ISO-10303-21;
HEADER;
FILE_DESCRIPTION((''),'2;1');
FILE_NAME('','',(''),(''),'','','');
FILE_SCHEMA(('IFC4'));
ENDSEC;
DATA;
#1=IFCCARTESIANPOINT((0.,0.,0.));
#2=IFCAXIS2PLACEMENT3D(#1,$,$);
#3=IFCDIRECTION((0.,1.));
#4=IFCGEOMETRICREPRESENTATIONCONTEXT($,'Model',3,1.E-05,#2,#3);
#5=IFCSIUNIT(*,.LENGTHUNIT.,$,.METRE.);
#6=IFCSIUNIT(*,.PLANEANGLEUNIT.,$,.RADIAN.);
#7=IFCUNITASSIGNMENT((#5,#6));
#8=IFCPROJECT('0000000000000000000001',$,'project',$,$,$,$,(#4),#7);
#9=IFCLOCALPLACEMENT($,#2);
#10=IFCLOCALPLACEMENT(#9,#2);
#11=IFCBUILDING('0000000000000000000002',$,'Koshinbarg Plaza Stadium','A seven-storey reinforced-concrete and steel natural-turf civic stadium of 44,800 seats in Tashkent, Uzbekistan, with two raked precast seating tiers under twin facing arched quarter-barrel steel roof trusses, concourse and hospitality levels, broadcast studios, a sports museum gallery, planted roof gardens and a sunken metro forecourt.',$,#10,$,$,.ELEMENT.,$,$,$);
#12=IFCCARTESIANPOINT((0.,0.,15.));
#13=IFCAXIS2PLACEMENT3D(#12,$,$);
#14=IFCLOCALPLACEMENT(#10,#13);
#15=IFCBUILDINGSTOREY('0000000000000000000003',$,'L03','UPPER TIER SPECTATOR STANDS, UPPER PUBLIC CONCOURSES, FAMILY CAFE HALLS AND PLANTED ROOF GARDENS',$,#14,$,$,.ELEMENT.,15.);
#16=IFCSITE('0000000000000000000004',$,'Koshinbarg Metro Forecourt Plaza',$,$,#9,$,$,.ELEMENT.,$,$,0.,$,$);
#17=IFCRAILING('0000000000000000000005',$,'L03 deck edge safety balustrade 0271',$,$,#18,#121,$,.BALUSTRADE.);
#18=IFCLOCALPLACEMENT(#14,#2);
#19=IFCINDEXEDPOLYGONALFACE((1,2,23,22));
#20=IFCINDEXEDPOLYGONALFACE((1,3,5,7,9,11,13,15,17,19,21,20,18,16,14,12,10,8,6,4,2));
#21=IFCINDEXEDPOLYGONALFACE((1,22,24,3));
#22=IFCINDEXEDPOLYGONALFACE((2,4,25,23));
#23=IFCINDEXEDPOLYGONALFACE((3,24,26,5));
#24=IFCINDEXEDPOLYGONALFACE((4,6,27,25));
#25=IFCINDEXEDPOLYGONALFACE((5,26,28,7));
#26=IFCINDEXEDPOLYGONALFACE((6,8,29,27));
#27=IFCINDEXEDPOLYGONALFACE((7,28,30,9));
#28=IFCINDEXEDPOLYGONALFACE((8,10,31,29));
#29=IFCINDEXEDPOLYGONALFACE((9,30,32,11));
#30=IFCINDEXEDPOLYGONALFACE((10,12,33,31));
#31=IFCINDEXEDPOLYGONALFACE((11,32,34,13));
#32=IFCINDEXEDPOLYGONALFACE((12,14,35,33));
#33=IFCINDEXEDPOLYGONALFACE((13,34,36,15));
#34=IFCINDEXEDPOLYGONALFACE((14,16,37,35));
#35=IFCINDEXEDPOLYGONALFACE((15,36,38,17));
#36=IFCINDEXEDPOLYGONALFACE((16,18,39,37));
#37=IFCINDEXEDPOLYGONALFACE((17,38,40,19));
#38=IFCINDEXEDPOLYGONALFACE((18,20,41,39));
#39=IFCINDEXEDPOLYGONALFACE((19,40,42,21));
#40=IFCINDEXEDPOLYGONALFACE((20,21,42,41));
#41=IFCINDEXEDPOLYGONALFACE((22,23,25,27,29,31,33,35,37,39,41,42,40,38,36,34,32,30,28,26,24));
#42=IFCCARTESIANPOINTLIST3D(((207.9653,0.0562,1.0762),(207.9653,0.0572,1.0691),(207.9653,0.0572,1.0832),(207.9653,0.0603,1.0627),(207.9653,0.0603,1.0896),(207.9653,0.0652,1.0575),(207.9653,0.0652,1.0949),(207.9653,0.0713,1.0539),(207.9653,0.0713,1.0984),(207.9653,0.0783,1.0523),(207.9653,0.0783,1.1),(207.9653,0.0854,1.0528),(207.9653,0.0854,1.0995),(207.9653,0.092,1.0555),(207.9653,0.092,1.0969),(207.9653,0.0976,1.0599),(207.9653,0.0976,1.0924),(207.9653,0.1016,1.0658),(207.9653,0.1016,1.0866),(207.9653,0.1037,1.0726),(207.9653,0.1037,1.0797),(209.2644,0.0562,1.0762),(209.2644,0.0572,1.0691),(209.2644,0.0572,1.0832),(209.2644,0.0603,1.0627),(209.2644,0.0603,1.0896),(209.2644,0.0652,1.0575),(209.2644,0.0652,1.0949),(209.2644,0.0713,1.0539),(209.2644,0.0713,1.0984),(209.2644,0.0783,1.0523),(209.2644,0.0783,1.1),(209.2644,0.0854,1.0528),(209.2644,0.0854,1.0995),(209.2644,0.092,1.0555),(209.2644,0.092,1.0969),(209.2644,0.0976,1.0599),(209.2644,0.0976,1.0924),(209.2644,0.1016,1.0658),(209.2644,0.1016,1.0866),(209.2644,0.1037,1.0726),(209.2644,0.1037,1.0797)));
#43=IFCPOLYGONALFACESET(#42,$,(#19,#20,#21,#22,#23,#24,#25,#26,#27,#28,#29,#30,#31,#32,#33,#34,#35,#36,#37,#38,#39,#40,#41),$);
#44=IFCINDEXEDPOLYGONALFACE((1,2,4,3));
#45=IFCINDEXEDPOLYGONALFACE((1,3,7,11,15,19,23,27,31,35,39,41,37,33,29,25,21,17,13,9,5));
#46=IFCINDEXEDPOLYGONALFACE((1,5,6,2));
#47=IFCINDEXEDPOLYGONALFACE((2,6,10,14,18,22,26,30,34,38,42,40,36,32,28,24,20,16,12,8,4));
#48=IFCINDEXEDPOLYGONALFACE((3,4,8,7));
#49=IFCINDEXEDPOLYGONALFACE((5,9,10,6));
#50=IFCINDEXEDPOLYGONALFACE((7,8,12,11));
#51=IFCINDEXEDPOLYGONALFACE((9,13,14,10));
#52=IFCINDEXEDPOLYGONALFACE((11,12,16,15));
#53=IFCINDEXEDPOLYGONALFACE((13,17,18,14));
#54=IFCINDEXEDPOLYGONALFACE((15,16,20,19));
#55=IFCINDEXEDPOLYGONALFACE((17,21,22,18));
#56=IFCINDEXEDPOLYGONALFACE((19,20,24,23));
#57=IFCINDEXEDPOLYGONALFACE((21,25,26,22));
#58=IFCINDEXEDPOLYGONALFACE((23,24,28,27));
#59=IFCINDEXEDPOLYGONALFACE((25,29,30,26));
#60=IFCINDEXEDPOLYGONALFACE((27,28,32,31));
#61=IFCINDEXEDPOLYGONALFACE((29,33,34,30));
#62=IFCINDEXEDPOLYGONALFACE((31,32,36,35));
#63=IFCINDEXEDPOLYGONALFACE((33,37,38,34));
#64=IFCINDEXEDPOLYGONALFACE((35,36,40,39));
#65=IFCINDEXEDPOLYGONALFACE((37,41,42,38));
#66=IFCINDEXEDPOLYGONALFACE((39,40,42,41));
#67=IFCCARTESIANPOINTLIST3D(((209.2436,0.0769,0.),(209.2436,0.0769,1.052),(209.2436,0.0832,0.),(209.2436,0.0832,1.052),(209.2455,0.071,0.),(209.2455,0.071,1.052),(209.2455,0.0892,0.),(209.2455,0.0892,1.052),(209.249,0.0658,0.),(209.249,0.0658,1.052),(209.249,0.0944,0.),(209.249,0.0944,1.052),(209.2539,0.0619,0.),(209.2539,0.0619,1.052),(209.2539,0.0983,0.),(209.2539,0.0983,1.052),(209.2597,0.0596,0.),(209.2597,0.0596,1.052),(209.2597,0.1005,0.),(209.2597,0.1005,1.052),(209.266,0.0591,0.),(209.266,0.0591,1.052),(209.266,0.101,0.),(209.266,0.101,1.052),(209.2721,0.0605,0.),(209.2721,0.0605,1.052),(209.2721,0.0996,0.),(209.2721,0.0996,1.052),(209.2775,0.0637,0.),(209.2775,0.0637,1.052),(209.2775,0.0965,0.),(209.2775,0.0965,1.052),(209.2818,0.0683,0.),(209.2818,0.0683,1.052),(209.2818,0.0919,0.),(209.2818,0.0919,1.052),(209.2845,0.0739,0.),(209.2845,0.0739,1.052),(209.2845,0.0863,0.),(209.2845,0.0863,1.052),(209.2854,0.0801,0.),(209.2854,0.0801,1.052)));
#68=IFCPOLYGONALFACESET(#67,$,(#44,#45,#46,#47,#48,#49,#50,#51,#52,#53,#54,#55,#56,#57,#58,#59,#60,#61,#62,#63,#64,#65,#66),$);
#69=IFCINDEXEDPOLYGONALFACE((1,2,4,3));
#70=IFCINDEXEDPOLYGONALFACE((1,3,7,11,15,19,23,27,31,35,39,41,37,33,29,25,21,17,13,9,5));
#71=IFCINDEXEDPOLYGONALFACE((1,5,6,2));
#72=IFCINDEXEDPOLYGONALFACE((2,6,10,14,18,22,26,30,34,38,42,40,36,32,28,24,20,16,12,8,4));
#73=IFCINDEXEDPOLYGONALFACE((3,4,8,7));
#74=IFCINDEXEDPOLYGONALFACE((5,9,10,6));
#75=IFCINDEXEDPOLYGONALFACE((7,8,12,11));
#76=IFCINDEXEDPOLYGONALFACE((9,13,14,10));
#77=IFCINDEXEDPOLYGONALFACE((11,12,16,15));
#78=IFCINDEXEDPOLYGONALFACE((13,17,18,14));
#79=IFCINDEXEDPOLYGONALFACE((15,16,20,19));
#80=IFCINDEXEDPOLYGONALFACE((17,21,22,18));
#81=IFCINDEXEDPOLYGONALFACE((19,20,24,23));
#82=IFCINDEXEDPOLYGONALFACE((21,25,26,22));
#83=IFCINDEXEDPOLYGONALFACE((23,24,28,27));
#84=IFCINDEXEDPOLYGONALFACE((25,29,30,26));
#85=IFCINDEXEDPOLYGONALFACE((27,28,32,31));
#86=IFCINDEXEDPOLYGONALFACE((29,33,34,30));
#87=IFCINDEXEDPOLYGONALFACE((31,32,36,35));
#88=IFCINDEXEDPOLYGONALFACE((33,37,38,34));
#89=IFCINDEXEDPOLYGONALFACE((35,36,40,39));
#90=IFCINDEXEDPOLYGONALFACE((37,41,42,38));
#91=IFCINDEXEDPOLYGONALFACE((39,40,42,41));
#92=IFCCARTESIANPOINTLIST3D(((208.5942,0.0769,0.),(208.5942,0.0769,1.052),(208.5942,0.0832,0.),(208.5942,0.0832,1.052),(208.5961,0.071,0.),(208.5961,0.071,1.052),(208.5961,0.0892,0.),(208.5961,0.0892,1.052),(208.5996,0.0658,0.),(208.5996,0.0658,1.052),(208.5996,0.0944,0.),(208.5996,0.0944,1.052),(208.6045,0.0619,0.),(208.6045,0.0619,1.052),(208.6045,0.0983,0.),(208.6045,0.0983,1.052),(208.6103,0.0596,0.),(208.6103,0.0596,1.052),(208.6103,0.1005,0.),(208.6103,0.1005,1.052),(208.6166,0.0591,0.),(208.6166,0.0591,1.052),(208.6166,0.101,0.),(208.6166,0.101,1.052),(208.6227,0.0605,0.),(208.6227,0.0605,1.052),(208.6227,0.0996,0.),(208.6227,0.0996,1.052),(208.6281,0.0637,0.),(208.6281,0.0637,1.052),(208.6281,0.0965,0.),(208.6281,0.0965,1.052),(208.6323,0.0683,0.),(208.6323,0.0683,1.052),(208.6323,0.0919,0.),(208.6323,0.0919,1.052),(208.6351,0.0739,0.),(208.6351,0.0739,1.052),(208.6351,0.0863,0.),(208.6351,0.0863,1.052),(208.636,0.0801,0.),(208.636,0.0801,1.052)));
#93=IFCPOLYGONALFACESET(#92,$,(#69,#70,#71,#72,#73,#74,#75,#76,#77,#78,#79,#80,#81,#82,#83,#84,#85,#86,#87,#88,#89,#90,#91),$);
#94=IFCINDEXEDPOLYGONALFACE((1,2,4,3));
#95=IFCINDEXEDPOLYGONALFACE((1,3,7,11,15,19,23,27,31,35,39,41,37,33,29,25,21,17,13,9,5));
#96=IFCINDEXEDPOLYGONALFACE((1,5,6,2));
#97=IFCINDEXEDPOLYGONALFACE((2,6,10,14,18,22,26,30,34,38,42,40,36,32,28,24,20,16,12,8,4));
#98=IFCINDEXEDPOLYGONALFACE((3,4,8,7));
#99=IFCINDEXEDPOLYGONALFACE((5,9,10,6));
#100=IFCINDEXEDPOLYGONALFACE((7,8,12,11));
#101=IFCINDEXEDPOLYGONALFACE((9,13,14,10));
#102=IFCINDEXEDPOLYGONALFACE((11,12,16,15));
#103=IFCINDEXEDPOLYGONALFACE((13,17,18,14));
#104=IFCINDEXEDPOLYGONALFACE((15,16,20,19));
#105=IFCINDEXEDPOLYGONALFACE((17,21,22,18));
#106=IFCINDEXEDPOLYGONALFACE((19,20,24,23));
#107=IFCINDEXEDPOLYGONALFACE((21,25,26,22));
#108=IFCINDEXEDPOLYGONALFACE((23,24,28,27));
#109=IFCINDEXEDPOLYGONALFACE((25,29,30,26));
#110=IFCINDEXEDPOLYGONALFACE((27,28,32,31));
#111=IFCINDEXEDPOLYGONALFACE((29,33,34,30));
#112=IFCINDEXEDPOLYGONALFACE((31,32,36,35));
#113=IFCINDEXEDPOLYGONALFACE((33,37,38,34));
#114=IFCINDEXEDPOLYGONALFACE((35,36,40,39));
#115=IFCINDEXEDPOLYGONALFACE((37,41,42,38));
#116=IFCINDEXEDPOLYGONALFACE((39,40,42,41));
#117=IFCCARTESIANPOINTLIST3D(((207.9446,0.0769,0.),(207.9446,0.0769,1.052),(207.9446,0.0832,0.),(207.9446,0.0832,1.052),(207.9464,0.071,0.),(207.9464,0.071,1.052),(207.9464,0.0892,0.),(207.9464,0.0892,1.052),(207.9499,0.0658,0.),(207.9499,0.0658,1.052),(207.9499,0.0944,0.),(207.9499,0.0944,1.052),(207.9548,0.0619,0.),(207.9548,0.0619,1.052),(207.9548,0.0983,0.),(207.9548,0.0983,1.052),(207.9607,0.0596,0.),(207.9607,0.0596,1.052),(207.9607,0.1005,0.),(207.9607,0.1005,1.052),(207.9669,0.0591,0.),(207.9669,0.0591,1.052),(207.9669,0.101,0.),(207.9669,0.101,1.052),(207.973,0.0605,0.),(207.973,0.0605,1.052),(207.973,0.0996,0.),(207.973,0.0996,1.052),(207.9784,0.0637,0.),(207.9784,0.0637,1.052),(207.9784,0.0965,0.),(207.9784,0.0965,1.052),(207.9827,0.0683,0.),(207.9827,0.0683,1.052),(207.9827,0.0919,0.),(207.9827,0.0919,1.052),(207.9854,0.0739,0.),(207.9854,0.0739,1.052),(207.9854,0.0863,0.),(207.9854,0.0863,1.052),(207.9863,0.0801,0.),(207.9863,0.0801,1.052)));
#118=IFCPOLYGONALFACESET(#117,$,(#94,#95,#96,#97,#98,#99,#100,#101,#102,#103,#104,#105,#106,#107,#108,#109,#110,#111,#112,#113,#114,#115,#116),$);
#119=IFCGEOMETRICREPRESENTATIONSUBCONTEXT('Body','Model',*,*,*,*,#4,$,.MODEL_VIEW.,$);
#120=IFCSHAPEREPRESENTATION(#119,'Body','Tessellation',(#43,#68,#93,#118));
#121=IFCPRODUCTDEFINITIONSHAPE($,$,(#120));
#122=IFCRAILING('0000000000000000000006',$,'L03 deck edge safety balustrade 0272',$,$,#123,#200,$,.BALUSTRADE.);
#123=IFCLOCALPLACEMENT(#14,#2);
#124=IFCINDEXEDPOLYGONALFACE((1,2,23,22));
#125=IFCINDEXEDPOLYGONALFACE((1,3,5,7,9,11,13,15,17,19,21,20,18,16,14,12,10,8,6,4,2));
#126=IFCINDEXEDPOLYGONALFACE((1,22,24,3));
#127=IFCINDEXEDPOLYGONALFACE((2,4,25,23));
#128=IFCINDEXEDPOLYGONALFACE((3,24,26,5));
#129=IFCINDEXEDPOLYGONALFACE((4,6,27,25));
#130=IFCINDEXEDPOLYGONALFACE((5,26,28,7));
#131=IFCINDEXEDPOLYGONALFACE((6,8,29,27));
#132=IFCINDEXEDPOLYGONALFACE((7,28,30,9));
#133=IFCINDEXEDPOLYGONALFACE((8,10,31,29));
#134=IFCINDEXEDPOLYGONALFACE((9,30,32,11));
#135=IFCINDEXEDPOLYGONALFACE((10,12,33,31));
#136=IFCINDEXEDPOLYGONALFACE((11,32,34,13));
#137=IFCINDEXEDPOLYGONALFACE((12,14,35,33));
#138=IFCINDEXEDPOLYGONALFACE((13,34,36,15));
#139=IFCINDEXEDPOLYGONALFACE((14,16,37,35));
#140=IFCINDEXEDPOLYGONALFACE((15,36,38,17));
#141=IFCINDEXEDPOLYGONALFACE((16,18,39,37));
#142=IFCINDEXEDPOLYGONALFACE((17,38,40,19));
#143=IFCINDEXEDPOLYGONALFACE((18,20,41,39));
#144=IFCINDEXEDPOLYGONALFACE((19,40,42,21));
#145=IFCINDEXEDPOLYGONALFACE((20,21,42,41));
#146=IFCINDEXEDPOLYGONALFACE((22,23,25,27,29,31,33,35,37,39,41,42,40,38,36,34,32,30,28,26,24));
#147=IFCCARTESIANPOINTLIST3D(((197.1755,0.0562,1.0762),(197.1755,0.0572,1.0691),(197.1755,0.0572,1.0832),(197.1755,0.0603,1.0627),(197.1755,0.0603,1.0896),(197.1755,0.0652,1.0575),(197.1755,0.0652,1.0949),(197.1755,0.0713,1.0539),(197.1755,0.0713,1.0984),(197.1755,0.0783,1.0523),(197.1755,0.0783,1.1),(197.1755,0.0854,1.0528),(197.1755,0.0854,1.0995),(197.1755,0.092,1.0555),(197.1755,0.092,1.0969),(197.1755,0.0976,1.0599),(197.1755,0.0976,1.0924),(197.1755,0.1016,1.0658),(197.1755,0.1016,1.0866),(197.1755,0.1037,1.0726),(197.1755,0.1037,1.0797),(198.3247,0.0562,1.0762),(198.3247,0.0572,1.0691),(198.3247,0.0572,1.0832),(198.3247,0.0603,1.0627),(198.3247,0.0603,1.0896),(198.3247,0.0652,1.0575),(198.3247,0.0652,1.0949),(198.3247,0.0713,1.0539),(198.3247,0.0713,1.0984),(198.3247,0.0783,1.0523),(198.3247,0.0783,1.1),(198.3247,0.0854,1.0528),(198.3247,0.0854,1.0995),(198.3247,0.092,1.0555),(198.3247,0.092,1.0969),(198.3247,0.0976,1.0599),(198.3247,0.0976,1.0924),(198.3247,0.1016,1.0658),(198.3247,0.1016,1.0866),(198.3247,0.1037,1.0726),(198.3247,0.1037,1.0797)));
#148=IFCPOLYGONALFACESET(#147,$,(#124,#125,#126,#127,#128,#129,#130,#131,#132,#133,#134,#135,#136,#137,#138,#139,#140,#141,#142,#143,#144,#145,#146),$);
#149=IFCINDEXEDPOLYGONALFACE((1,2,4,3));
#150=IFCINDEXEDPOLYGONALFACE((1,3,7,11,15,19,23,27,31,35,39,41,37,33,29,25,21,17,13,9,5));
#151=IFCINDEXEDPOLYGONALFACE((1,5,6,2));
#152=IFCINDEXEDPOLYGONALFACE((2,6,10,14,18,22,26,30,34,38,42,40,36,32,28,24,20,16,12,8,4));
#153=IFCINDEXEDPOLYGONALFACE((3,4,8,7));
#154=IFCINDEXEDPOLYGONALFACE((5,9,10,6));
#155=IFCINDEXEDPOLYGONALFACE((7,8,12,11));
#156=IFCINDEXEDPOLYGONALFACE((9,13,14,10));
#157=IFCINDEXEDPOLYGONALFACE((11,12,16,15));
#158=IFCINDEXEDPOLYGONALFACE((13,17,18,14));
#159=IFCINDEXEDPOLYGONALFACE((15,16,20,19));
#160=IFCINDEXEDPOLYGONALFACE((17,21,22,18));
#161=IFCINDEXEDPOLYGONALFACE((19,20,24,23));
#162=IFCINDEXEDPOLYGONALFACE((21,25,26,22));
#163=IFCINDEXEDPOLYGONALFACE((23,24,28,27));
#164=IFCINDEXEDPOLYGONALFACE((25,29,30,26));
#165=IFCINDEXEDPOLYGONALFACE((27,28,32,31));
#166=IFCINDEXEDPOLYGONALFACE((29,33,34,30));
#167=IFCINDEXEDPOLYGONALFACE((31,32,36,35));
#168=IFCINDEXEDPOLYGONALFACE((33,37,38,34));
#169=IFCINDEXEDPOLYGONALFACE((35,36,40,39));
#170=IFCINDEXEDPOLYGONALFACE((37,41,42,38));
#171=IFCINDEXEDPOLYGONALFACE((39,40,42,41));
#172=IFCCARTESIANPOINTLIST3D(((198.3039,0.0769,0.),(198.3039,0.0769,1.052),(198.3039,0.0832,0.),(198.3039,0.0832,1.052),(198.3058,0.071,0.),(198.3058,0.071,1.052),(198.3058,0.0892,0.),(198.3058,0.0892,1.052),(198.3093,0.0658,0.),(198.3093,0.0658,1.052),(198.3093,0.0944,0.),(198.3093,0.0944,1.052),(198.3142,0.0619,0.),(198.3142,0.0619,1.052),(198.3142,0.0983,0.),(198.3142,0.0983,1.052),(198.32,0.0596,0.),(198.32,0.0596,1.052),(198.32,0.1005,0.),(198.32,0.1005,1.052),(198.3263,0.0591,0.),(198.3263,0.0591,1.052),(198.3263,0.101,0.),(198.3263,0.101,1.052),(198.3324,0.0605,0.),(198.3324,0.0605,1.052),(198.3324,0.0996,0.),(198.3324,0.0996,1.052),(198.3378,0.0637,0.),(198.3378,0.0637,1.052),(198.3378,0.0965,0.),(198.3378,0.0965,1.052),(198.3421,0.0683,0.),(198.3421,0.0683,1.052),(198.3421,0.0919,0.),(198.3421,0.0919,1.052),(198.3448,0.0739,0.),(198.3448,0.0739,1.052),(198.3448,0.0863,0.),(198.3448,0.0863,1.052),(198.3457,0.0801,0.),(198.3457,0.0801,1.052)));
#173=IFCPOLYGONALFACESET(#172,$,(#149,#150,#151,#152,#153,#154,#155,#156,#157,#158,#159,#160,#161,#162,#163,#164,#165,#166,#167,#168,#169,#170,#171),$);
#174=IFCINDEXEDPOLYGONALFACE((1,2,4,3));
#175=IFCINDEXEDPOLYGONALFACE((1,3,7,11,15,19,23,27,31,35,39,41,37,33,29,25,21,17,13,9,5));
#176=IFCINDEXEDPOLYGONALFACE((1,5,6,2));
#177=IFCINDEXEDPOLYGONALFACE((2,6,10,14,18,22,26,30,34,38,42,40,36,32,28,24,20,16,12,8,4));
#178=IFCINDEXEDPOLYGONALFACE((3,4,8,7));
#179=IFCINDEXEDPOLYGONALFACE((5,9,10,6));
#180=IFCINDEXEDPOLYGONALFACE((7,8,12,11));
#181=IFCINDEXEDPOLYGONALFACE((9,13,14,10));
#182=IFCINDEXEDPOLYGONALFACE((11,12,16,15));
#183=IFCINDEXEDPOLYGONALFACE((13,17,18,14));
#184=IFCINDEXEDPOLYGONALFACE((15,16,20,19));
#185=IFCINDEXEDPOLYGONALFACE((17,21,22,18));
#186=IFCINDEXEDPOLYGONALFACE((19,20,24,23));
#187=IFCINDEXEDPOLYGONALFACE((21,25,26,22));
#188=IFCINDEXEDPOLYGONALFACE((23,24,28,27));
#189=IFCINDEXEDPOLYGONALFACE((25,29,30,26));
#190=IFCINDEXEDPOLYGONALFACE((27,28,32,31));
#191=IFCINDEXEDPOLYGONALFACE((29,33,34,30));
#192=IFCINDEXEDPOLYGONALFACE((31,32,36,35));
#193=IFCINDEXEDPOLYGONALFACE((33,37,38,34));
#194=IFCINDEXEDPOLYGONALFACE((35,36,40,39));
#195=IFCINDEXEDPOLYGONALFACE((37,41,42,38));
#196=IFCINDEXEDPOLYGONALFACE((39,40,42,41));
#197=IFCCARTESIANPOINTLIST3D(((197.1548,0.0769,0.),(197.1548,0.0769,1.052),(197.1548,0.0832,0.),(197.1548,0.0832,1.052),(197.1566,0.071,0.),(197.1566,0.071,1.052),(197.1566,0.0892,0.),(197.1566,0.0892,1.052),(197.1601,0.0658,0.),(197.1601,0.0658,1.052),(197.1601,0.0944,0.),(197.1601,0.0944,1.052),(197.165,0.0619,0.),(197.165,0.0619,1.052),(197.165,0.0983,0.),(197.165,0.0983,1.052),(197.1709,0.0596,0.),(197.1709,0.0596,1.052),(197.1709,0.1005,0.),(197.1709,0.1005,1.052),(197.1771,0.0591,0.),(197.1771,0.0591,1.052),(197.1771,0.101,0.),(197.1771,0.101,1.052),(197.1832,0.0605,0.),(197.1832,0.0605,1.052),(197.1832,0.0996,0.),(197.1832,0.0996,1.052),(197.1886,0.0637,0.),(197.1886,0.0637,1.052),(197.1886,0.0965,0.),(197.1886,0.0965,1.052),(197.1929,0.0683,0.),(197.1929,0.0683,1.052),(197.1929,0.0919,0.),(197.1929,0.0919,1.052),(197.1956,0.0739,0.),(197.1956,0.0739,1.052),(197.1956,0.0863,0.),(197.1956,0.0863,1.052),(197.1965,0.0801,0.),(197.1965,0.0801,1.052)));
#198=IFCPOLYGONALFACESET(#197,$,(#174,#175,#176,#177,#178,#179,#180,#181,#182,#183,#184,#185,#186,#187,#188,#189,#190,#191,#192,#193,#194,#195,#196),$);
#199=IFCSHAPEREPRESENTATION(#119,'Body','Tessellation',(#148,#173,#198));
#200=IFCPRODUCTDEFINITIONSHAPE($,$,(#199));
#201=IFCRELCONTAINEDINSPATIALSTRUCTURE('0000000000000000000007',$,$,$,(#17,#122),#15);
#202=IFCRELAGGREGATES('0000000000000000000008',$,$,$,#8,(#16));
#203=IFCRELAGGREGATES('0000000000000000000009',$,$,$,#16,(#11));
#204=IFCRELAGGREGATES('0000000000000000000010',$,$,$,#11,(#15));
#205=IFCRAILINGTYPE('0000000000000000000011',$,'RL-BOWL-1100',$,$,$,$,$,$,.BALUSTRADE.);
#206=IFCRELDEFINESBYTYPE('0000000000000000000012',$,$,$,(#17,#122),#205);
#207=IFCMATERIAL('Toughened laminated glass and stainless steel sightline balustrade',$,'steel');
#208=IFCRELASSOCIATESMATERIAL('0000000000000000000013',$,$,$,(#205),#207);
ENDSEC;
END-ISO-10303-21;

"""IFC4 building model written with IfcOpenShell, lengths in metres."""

from ifc_helpers import new_model, si_unit, direction, frame, origin, origin_2d, place, context, subcontext, project, spatial, circle, extrude, material, type_object, element, save


model = new_model("IFC4")

# Units and contexts
model_context = context("Model", 3, precision=1e-05, world=origin(), true_north=direction((0.0, 1.0)))
body_context = subcontext(model_context, "Body", "Model", "MODEL_VIEW")
ifc_project = project(units=[si_unit("LENGTHUNIT", "METRE"), si_unit("PLANEANGLEUNIT", "RADIAN")], contexts=[model_context])

# Site, building, storey
site_placement = place(None, origin())
site = spatial("IfcSite", under=ifc_project, at=site_placement, Name="Koshinbarg Metro Forecourt Plaza", CompositionType="ELEMENT", RefElevation=0.0)
building_placement = place(site_placement, origin())
building = spatial("IfcBuilding", under=site, at=building_placement, Name="Koshinbarg Plaza Stadium", Description="A seven-storey reinforced-concrete and steel natural-turf civic stadium of 44,800 seats in Tashkent, Uzbekistan, with two raked precast seating tiers under twin facing arched quarter-barrel steel roof trusses, concourse and hospitality levels, broadcast studios, a sports museum gallery, planted roof gardens and a sunken metro forecourt.", CompositionType="ELEMENT")
storey_placement = place(building_placement, frame((0.0, 0.0, 15.0)))
storey = spatial("IfcBuildingStorey", under=building, at=storey_placement, Name="L03", Description="UPPER TIER SPECTATOR STANDS, UPPER PUBLIC CONCOURSES, FAMILY CAFE HALLS AND PLANTED ROOF GARDENS", CompositionType="ELEMENT", Elevation=15.0)

# Railings
ifc_material_1 = material(Name="Toughened laminated glass and stainless steel sightline balustrade", Category="steel")
railing_type = type_object("IfcRailingType", Name="RL-BOWL-1100", PredefinedType="BALUSTRADE", material=ifc_material_1)
railing_1_placement = place(storey_placement, frame((209.2644, 0.0801, 0.0)))
element("IfcRailing", 1, at=railing_1_placement, inside=storey, type_object=railing_type, Name="L03 deck edge safety balustrade 0271", PredefinedType="BALUSTRADE", context=body_context, shape_type="SweptSolid", body=[
    extrude(circle(Radius=0.0239, at=origin_2d()), frame((0.0, 0.0, 1.0762), z_axis=(-1.0, 0.0, 0.0), x_axis=(0.0, -1.0, 0.0)), (0.0, 0.0, 1.0), 1.2991),
    extrude(circle(Radius=0.021, at=origin_2d()), origin(), (0.0, 0.0, 1.0), 1.052),
    extrude(circle(Radius=0.021, at=origin_2d()), frame((-0.6494, 0.0, 0.0)), (0.0, 0.0, 1.0), 1.052),
    extrude(circle(Radius=0.021, at=origin_2d()), frame((-1.2991, 0.0, 0.0)), (0.0, 0.0, 1.0), 1.052),
])
railing_2_placement = place(storey_placement, frame((198.3247, 0.0801, 0.0)))
element("IfcRailing", 2, at=railing_2_placement, inside=storey, type_object=railing_type, Name="L03 deck edge safety balustrade 0272", PredefinedType="BALUSTRADE", context=body_context, shape_type="SweptSolid", body=[
    extrude(circle(Radius=0.0239, at=origin_2d()), frame((0.0, 0.0, 1.0762), z_axis=(-1.0, 0.0, 0.0), x_axis=(0.0, -1.0, 0.0)), (0.0, 0.0, 1.0), 1.1492),
    extrude(circle(Radius=0.021, at=origin_2d()), origin(), (0.0, 0.0, 1.0), 1.052),
    extrude(circle(Radius=0.021, at=origin_2d()), frame((-1.1492, 0.0, 0.0)), (0.0, 0.0, 1.0), 1.052),
])

save(model, "model.ifc")
